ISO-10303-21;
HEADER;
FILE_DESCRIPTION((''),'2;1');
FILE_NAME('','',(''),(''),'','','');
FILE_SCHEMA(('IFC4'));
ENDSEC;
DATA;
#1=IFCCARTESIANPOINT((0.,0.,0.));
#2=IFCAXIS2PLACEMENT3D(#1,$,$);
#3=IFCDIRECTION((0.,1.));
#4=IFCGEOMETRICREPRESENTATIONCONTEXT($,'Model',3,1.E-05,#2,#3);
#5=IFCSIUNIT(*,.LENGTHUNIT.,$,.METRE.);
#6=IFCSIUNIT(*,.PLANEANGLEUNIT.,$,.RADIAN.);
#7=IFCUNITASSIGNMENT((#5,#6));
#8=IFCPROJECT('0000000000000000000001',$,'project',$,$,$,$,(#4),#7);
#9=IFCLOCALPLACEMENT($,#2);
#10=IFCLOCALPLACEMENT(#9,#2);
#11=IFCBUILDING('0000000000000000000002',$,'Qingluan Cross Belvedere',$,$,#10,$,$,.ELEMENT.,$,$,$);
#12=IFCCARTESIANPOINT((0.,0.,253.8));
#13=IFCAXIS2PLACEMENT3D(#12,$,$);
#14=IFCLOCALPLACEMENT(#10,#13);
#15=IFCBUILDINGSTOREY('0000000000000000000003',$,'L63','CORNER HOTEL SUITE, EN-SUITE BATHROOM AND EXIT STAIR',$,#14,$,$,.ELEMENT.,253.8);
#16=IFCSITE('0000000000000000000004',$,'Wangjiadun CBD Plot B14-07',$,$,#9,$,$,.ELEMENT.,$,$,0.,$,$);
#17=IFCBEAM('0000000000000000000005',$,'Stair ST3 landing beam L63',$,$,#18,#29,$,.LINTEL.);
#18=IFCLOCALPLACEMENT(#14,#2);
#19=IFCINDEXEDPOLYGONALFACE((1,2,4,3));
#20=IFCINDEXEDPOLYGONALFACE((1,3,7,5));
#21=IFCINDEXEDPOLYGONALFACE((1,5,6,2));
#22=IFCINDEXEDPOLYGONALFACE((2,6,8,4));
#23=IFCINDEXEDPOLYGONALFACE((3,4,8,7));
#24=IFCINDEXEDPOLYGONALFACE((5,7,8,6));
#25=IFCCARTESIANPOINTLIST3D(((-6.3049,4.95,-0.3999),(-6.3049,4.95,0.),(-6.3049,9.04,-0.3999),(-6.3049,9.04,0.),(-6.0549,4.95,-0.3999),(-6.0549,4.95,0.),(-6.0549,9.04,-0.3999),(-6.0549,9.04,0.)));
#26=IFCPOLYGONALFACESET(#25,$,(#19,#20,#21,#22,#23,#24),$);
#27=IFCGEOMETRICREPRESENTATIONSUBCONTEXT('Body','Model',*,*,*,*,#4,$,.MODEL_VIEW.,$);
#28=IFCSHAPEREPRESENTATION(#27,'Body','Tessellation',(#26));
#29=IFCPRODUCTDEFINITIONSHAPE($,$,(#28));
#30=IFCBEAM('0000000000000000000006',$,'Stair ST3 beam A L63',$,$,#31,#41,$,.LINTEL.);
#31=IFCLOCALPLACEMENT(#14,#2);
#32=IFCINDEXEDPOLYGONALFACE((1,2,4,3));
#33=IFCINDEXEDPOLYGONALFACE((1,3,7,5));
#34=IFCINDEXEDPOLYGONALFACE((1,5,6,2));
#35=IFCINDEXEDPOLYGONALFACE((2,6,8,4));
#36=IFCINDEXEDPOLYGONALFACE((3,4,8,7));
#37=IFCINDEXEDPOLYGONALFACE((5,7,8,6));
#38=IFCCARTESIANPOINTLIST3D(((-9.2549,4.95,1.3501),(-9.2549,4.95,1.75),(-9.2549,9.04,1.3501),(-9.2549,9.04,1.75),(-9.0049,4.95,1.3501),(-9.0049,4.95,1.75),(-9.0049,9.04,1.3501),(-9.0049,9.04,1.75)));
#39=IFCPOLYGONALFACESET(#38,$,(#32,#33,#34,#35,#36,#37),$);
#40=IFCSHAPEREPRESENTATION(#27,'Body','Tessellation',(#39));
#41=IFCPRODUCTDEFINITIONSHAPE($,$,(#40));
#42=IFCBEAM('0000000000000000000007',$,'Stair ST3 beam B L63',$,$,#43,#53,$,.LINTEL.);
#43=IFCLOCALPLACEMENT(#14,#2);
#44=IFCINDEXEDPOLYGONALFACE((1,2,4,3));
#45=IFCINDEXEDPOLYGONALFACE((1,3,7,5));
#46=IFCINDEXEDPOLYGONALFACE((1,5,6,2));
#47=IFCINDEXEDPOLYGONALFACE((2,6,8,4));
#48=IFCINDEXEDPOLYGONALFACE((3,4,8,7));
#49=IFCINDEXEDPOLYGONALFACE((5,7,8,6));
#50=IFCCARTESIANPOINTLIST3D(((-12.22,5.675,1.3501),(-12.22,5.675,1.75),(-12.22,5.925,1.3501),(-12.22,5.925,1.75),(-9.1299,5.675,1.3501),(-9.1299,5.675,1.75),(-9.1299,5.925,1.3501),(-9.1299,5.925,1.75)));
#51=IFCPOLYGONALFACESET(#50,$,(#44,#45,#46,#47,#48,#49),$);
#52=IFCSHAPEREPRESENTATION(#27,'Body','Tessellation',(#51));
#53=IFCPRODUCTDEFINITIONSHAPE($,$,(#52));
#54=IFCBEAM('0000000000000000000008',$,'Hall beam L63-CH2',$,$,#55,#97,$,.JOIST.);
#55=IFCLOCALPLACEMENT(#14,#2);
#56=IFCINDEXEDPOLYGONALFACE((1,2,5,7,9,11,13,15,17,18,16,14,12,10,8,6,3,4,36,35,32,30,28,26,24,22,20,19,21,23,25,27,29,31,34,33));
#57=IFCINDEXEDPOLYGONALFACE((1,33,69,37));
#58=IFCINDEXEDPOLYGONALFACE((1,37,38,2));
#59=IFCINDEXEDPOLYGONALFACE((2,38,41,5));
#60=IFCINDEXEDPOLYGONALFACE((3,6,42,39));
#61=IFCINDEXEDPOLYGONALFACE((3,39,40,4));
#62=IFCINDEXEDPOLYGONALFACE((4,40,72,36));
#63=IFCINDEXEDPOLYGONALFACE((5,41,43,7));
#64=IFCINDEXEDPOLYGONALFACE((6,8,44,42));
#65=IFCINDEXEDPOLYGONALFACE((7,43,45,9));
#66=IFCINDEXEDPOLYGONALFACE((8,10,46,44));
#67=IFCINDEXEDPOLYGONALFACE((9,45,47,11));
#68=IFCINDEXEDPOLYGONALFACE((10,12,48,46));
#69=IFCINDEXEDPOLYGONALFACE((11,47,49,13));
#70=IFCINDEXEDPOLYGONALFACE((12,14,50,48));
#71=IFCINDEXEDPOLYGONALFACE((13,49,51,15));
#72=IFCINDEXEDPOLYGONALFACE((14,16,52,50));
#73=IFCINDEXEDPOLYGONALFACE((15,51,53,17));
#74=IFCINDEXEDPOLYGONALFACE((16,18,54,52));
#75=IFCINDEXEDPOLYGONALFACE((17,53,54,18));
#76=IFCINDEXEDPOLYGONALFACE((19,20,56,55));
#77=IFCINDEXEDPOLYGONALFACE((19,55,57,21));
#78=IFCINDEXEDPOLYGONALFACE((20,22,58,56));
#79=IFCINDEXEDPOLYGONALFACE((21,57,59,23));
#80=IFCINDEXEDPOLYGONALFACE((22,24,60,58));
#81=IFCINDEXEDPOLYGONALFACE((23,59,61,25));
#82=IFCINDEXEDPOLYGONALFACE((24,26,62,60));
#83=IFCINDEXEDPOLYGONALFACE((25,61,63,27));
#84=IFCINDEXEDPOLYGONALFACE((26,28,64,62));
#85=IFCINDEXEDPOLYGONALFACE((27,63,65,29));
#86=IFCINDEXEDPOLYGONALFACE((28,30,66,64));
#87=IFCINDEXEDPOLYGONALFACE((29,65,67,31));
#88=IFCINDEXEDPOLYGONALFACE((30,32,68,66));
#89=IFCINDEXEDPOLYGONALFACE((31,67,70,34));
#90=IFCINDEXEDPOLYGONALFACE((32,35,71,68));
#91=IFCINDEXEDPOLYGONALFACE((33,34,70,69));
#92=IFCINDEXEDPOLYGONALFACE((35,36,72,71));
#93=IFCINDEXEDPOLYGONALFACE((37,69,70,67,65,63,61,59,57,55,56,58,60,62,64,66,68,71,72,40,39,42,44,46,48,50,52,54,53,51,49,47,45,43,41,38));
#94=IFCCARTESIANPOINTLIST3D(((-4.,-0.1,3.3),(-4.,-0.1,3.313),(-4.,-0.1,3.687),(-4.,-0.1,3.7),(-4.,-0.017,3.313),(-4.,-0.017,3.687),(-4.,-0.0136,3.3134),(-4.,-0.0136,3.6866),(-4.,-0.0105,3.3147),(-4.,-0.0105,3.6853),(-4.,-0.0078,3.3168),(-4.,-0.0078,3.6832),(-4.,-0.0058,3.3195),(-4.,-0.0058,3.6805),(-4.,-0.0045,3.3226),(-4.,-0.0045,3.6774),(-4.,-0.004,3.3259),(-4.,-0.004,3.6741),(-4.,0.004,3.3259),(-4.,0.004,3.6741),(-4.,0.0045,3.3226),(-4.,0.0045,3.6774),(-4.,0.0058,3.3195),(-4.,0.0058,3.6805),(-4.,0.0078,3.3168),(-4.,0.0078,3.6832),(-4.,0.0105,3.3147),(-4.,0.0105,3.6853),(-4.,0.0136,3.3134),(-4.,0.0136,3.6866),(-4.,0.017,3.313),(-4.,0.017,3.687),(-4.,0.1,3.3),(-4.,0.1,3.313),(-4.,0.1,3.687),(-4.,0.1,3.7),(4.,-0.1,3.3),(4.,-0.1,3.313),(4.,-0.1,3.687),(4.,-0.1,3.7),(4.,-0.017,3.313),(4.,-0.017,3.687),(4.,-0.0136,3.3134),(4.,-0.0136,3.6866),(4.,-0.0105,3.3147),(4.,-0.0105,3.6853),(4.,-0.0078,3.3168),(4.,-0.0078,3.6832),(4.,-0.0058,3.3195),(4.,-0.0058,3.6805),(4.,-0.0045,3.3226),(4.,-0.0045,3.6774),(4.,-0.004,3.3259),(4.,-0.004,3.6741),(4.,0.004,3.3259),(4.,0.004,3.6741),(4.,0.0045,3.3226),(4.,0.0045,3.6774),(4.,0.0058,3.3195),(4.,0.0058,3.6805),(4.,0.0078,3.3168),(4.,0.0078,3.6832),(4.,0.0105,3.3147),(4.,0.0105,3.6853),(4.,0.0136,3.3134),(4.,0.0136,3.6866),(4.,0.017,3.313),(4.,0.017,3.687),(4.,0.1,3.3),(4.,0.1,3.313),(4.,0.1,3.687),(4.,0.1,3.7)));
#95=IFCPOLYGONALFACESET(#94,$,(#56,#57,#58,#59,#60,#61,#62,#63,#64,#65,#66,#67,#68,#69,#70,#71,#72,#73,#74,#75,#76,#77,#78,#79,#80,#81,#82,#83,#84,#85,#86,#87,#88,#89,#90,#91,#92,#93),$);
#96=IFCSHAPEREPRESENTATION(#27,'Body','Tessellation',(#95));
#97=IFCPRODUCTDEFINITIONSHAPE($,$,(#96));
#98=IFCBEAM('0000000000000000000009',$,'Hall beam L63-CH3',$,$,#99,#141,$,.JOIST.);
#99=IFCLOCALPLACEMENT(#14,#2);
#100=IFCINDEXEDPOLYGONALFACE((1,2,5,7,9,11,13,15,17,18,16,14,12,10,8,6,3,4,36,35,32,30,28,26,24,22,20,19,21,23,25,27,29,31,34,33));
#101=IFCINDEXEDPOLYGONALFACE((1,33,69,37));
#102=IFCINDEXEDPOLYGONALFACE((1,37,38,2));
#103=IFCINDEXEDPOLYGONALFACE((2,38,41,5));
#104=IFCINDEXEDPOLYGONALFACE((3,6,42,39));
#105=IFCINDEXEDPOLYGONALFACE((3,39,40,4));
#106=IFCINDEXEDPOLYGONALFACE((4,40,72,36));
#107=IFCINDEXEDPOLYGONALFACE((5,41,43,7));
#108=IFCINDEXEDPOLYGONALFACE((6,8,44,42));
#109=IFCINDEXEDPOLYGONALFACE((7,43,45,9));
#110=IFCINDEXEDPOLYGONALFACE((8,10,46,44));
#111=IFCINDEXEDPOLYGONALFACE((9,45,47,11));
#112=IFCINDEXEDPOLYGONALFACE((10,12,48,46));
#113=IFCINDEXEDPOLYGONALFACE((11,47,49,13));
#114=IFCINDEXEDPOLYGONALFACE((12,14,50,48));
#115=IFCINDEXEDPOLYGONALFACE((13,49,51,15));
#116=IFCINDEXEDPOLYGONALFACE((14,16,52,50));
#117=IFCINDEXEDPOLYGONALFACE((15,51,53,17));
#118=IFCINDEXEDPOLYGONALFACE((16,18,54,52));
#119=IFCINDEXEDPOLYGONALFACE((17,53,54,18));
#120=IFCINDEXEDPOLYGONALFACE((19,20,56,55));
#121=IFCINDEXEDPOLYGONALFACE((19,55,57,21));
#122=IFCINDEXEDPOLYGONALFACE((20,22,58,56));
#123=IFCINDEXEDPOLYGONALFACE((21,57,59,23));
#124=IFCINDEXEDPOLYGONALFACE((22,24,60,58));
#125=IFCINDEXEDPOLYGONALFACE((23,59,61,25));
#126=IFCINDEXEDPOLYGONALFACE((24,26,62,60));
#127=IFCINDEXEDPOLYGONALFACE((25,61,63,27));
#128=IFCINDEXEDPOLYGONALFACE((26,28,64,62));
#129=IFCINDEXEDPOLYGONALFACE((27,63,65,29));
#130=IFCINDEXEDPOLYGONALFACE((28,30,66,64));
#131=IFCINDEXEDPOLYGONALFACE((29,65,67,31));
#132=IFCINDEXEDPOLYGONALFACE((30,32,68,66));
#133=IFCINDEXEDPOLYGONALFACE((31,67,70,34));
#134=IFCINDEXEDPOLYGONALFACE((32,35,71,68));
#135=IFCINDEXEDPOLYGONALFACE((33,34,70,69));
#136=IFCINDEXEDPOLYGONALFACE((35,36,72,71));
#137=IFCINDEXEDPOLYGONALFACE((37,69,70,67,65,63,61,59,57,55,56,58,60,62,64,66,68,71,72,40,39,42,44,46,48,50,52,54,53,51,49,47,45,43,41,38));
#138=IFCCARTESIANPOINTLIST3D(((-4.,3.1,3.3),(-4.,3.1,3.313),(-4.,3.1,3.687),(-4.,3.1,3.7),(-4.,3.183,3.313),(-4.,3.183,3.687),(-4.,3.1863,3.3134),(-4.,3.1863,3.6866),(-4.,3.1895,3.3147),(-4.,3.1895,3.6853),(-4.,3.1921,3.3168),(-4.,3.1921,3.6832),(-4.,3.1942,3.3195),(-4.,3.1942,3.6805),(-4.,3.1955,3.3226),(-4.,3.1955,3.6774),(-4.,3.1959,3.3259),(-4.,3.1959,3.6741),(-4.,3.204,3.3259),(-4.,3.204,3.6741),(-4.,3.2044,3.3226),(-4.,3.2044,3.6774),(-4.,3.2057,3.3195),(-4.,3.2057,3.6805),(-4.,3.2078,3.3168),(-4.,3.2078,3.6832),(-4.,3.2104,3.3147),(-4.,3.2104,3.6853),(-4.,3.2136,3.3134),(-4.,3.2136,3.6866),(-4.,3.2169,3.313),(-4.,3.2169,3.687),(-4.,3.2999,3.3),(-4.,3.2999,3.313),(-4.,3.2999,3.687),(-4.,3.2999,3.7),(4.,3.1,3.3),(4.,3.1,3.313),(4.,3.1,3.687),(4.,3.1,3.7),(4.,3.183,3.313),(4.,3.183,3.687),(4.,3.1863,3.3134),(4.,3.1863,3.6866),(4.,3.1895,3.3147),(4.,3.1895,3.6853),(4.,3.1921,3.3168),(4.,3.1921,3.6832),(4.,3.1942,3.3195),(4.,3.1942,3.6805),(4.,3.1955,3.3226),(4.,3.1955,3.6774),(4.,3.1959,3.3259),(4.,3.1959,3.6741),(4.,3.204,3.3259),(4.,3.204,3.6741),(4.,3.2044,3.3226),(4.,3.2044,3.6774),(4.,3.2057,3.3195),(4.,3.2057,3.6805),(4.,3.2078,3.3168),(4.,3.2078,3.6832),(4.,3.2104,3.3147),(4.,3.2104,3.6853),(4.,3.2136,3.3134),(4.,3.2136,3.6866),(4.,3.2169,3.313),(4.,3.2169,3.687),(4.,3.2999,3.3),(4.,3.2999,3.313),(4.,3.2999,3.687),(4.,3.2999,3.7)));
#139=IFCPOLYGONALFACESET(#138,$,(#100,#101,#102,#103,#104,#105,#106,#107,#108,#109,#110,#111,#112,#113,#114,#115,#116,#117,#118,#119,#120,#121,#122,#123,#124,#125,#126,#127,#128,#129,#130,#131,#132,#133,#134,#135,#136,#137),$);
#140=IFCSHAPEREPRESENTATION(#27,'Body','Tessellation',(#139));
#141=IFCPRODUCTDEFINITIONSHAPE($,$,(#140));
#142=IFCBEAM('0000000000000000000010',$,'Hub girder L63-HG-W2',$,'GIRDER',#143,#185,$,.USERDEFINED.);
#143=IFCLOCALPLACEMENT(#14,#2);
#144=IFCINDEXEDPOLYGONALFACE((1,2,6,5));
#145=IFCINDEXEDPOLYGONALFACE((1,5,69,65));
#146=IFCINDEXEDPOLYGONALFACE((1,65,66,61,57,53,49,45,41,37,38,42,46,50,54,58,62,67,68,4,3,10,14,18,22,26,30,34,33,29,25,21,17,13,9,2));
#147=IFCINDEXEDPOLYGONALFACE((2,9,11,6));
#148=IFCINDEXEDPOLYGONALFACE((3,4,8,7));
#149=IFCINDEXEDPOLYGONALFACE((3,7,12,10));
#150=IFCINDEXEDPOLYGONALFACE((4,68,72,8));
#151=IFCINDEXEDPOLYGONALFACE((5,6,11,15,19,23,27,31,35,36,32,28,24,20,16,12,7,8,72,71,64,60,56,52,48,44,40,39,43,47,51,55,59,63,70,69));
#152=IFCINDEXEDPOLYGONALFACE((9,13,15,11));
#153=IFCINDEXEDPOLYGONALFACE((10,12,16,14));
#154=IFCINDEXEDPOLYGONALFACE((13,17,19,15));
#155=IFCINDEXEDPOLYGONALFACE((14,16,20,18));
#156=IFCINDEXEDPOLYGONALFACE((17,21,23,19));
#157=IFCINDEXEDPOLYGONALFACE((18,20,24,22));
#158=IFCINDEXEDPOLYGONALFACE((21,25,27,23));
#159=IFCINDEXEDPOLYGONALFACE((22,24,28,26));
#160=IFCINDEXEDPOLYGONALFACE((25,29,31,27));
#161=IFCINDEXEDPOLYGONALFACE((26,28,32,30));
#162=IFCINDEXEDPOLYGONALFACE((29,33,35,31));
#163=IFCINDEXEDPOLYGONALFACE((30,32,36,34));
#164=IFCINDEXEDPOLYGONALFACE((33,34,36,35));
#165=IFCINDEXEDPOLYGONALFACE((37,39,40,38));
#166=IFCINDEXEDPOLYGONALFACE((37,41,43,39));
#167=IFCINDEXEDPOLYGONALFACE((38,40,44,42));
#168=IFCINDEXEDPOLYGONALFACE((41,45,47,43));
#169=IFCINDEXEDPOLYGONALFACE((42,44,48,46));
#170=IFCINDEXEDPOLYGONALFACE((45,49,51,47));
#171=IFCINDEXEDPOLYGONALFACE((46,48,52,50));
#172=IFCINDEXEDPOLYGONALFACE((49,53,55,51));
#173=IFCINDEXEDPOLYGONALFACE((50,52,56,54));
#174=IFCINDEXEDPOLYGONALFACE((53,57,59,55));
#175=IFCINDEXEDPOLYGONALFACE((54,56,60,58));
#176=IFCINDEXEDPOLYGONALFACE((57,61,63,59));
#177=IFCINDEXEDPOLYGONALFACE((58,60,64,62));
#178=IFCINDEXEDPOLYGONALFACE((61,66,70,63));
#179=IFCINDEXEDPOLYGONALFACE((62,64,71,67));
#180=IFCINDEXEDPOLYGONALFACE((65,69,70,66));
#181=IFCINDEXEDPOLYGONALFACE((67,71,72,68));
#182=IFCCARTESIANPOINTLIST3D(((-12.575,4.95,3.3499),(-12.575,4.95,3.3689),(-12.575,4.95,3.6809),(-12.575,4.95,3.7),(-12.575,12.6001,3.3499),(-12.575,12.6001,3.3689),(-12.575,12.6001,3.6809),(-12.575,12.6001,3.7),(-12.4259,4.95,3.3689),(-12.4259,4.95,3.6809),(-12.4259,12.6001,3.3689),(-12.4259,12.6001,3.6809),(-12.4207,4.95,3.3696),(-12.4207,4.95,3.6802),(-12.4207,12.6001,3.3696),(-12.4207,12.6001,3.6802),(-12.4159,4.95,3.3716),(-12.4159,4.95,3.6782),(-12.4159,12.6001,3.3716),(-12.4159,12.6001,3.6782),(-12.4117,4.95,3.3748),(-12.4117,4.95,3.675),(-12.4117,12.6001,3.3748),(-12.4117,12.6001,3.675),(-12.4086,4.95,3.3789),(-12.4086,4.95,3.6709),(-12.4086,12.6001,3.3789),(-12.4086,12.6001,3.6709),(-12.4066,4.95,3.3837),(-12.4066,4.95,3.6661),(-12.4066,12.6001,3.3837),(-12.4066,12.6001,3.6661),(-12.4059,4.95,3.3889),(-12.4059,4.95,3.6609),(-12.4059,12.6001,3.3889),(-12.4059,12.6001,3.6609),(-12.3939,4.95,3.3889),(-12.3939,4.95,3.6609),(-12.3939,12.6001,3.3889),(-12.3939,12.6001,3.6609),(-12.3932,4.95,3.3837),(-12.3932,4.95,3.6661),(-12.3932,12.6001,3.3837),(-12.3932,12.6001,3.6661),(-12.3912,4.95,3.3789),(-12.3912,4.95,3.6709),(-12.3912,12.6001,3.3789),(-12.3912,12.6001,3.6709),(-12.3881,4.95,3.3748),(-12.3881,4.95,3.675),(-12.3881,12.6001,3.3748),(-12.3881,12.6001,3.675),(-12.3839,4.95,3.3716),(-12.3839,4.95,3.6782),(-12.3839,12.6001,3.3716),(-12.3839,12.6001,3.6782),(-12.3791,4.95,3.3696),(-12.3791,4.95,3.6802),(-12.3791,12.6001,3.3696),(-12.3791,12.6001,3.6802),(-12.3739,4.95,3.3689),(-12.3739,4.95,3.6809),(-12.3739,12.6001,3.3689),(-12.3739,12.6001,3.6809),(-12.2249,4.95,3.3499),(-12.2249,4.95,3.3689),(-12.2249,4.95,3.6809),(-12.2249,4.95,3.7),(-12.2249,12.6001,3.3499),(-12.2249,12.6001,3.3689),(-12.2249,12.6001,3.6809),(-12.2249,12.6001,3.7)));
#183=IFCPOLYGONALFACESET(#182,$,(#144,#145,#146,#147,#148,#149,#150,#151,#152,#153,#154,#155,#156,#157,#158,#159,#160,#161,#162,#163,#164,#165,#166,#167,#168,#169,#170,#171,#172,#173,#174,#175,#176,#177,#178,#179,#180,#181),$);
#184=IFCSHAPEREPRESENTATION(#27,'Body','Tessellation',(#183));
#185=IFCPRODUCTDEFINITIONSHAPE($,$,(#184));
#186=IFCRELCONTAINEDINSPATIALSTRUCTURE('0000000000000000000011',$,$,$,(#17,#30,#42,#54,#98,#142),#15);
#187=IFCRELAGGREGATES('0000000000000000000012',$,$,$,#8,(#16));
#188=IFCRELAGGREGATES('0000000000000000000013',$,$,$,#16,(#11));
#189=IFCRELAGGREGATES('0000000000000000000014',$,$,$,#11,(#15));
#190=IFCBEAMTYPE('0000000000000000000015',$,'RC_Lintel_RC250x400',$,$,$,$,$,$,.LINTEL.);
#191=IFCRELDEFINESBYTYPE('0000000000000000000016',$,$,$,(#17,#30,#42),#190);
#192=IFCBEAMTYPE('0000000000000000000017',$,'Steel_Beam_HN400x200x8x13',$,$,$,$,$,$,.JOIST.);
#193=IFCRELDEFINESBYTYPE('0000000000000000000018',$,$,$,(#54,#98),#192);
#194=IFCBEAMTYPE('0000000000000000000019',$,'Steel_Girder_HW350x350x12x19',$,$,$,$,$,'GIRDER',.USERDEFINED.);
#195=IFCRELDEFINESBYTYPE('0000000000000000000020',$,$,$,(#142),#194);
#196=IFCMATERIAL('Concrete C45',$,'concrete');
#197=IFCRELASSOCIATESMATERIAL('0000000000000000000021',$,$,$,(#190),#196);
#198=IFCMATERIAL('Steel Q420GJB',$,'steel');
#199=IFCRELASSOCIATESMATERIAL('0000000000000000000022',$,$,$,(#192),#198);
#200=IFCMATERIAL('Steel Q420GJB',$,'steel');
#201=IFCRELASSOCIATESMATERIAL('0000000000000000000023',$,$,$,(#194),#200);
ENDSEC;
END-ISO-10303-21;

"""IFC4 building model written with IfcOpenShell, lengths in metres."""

from ifc_helpers import new_model, si_unit, direction, frame, origin, origin_2d, place, context, subcontext, project, spatial, rectangle, i_section, extrude, material, material_profile, profile_set, type_object, element, save


model = new_model("IFC4")

# Units and contexts
model_context = context("Model", 3, precision=1e-05, world=origin(), true_north=direction((0.0, 1.0)))
body_context = subcontext(model_context, "Body", "Model", "MODEL_VIEW")
ifc_project = project(units=[si_unit("LENGTHUNIT", "METRE"), si_unit("PLANEANGLEUNIT", "RADIAN")], contexts=[model_context])

# Site, building, storey
site_placement = place(None, origin())
site = spatial("IfcSite", under=ifc_project, at=site_placement, Name="Wangjiadun CBD Plot B14-07", CompositionType="ELEMENT", RefElevation=0.0)
building_placement = place(site_placement, origin())
building = spatial("IfcBuilding", under=site, at=building_placement, Name="Qingluan Cross Belvedere", CompositionType="ELEMENT")
storey_placement = place(building_placement, frame((0.0, 0.0, 253.8)))
storey = spatial("IfcBuildingStorey", under=building, at=storey_placement, Name="L63", Description="CORNER HOTEL SUITE, EN-SUITE BATHROOM AND EXIT STAIR", CompositionType="ELEMENT", Elevation=253.8)

# Beams
ifc_material_1 = material(Name="Concrete C45", Category="concrete")
ifc_material_profile_1 = material_profile(ifc_material_1, rectangle(XDim=0.25, YDim=0.3999, at=origin_2d()), Name="RC250x400")
ifc_profile_set_1 = profile_set([ifc_material_profile_1], Name="Concrete C45")
beam_type_1 = type_object("IfcBeamType", Name="RC_Lintel_RC250x400", PredefinedType="LINTEL", material=ifc_profile_set_1)
for number, where, z_axis, x_axis, name in (
    (1, (-6.1799, 4.95, -0.2), (0.0, 1.0, 0.0), (-1.0, 0.0, 0.0), "Stair ST3 landing beam L63"),
    (2, (-9.1299, 4.95, 1.55), (0.0, 1.0, 0.0), (-1.0, 0.0, 0.0), "Stair ST3 beam A L63"),
):
    element("IfcBeam", number, at=place(storey_placement, frame(where, z_axis=z_axis, x_axis=x_axis)), inside=storey, type_object=beam_type_1, Name=name, PredefinedType="LINTEL", context=body_context, shape_type="SweptSolid", body=[
        extrude(rectangle(XDim=0.25, YDim=0.3999, at=origin_2d()), origin(), (0.0, 0.0, 1.0), 4.0901),
    ])
beam_1_placement = place(storey_placement, frame((-12.22, 5.8, 1.55), z_axis=(1.0, 0.0, 0.0), x_axis=(0.0, 1.0, 0.0)))
element("IfcBeam", 3, at=beam_1_placement, inside=storey, type_object=beam_type_1, Name="Stair ST3 beam B L63", PredefinedType="LINTEL", context=body_context, shape_type="SweptSolid", body=[
    extrude(rectangle(XDim=0.25, YDim=0.3999, at=origin_2d()), origin(), (0.0, 0.0, 1.0), 3.0901),
])
ifc_material_2 = material(Name="Steel Q420GJB", Category="steel")
ifc_material_profile_2 = material_profile(ifc_material_2, i_section(OverallWidth=0.2, OverallDepth=0.3999, WebThickness=0.0081, FlangeThickness=0.0129, FilletRadius=0.0129, at=origin_2d()), Name="HN400x200x8x13")
ifc_profile_set_2 = profile_set([ifc_material_profile_2], Name="Steel Q420GJB")
beam_type_2 = type_object("IfcBeamType", Name="Steel_Beam_HN400x200x8x13", PredefinedType="JOIST", material=ifc_profile_set_2)
for number, where, z_axis, x_axis, name in (
    (4, (-4.0, 0.0, 3.5), (1.0, 0.0, 0.0), (0.0, 1.0, 0.0), "Hall beam L63-CH2"),
    (5, (-4.0, 3.2, 3.5), (1.0, 0.0, 0.0), (0.0, 1.0, 0.0), "Hall beam L63-CH3"),
):
    element("IfcBeam", number, at=place(storey_placement, frame(where, z_axis=z_axis, x_axis=x_axis)), inside=storey, type_object=beam_type_2, Name=name, PredefinedType="JOIST", context=body_context, shape_type="SweptSolid", body=[
        extrude(i_section(OverallWidth=0.2, OverallDepth=0.3999, WebThickness=0.0081, FlangeThickness=0.0129, FilletRadius=0.0129, at=origin_2d()), origin(), (0.0, 0.0, 1.0), 8.0),
    ])
ifc_material_3 = material(Name="Steel Q420GJB", Category="steel")
ifc_material_profile_3 = material_profile(ifc_material_3, i_section(OverallWidth=0.3501, OverallDepth=0.3501, WebThickness=0.012, FlangeThickness=0.019, FilletRadius=0.02, at=origin_2d()), Name="HW350x350x12x19")
ifc_profile_set_3 = profile_set([ifc_material_profile_3], Name="Steel Q420GJB")
beam_type_3 = type_object("IfcBeamType", Name="Steel_Girder_HW350x350x12x19", ElementType="GIRDER", PredefinedType="USERDEFINED", material=ifc_profile_set_3)
beam_2_placement = place(storey_placement, frame((-12.3999, 4.95, 3.5249), z_axis=(0.0, 1.0, 0.0), x_axis=(-1.0, 0.0, 0.0)))
element("IfcBeam", 6, at=beam_2_placement, inside=storey, type_object=beam_type_3, Name="Hub girder L63-HG-W2", ObjectType="GIRDER", PredefinedType="USERDEFINED", context=body_context, shape_type="SweptSolid", body=[
    extrude(i_section(OverallWidth=0.3501, OverallDepth=0.3501, WebThickness=0.012, FlangeThickness=0.019, FilletRadius=0.02, at=origin_2d()), origin(), (0.0, 0.0, 1.0), 7.6501),
])

save(model, "model.ifc")
